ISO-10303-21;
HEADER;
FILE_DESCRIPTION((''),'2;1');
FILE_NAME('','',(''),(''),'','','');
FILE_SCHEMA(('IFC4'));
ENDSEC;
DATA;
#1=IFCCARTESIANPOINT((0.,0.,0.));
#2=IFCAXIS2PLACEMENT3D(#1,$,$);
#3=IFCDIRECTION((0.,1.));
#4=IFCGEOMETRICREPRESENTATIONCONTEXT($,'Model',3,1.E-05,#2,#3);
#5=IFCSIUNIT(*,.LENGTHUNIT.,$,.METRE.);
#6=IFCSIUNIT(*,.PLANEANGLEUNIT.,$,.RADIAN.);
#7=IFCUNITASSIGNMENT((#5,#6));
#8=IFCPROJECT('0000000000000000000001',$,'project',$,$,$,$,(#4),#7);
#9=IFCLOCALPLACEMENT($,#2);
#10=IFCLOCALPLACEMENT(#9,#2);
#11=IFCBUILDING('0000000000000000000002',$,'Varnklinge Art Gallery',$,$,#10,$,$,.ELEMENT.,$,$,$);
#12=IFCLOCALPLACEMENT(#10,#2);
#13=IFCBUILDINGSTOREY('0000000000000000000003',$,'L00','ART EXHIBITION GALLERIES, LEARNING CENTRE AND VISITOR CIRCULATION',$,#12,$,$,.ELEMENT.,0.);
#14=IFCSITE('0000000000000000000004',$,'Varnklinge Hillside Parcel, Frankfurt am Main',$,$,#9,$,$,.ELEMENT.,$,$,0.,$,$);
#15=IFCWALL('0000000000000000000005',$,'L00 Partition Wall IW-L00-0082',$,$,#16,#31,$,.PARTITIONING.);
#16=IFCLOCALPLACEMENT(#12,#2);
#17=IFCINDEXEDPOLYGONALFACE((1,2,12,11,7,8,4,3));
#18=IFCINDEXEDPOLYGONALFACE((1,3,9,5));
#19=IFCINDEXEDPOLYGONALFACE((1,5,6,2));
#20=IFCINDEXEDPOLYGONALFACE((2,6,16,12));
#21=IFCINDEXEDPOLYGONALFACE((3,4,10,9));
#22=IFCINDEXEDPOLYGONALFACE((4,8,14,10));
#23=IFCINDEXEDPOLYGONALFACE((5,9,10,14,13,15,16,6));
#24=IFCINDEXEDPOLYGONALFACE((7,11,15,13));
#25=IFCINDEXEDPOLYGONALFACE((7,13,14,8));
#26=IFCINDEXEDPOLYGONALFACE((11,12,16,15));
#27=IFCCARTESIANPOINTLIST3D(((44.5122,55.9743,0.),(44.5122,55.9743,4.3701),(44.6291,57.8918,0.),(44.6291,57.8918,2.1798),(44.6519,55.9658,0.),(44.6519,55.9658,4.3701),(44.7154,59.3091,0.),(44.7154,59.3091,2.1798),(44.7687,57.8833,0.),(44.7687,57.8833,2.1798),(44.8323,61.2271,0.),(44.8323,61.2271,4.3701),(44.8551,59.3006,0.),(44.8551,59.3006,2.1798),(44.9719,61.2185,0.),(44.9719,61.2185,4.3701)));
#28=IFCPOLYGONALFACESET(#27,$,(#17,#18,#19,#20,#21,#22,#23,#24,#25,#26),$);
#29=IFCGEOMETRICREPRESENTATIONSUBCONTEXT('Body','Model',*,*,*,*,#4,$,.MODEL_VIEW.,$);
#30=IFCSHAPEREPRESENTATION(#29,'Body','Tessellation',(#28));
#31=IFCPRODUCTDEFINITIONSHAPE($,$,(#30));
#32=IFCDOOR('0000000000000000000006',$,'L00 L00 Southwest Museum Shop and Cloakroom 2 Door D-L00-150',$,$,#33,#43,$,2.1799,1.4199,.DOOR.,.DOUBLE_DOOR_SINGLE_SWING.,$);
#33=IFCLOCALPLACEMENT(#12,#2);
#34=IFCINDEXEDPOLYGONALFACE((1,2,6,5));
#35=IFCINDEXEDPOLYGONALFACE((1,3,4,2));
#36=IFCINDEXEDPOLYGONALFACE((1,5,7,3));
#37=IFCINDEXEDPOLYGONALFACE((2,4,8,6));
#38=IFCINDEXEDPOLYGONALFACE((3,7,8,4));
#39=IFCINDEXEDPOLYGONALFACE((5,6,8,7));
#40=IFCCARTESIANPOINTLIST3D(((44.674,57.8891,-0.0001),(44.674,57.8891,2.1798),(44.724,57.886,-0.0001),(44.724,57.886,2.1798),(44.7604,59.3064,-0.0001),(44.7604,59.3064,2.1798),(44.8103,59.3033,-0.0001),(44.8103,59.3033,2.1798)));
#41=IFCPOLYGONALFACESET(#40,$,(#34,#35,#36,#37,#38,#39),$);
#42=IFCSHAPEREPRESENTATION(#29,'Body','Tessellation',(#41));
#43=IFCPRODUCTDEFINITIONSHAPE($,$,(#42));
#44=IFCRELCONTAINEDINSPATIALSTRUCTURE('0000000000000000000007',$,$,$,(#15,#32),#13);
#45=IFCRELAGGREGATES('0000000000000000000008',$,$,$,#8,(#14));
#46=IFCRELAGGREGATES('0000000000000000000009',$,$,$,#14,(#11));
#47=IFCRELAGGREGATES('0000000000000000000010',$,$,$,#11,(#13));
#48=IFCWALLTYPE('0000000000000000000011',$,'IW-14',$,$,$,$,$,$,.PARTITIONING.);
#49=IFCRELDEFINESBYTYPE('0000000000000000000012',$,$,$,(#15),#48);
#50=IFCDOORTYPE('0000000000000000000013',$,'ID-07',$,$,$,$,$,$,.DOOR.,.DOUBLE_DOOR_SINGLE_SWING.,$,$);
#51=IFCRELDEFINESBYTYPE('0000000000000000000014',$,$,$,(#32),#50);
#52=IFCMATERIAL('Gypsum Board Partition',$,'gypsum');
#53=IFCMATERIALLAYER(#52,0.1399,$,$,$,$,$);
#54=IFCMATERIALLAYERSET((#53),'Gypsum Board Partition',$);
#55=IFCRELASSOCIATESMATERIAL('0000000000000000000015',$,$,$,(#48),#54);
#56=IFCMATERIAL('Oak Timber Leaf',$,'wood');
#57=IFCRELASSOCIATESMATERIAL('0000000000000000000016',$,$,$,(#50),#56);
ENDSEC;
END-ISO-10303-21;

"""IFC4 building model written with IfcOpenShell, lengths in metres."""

from ifc_helpers import new_model, si_unit, direction, frame, frame_2d, origin, place, context, subcontext, project, spatial, rectangle, extrude, material, layer, layer_set, type_object, element, fill, save


model = new_model("IFC4")

# Units and contexts
model_context = context("Model", 3, precision=1e-05, world=origin(), true_north=direction((0.0, 1.0)))
body_context = subcontext(model_context, "Body", "Model", "MODEL_VIEW")
ifc_project = project(units=[si_unit("LENGTHUNIT", "METRE"), si_unit("PLANEANGLEUNIT", "RADIAN")], contexts=[model_context])

# Site, building, storey
site_placement = place(None, origin())
site = spatial("IfcSite", under=ifc_project, at=site_placement, Name="Varnklinge Hillside Parcel, Frankfurt am Main", CompositionType="ELEMENT", RefElevation=0.0)
building_placement = place(site_placement, origin())
building = spatial("IfcBuilding", under=site, at=building_placement, Name="Varnklinge Art Gallery", CompositionType="ELEMENT")
storey_placement = place(building_placement, origin())
storey = spatial("IfcBuildingStorey", under=building, at=storey_placement, Name="L00", Description="ART EXHIBITION GALLERIES, LEARNING CENTRE AND VISITOR CIRCULATION", CompositionType="ELEMENT", Elevation=0.0)

# Wall, opening, door
ifc_material_1 = material(Name="Gypsum Board Partition", Category="gypsum")
ifc_layer_1 = layer(ifc_material_1, 0.1399)
ifc_layer_set_1 = layer_set([ifc_layer_1], Name="Gypsum Board Partition")
wall_type_1 = type_object("IfcWallType", Name="IW-14", PredefinedType="PARTITIONING", material=ifc_layer_set_1)
wall_1_placement = place(storey_placement, frame((44.582, 55.97, 0.0), z_axis=(0.0, 0.0, 1.0), x_axis=(0.060821, 0.998149, 0.0)))
wall_1 = element("IfcWall", 1, at=wall_1_placement, inside=storey, type_object=wall_type_1, Name="L00 Partition Wall IW-L00-0082", PredefinedType="PARTITIONING", context=body_context, shape_type="SweptSolid", body=[
    extrude(rectangle(XDim=5.2625, YDim=0.1399, at=frame_2d((2.6313, 0.0))), origin(), (0.0, 0.0, 1.0), 4.3701),
])
opening_1_placement = place(wall_1_placement, frame((1.9211, 0.0, 0.0)))
opening_1 = element("IfcOpeningElement", 2, at=opening_1_placement, cuts=wall_1, PredefinedType="OPENING", context=body_context, shape_type="SweptSolid", body=[
    extrude(rectangle(XDim=1.4199, YDim=2.1799, at=frame_2d((0.71, 1.0898))), frame((0.0, 0.0798, 0.0), z_axis=(0.0, -1.0, 0.0), x_axis=(1.0, 0.0, 0.0)), (0.0, 0.0, 1.0), 0.1599),
])
ifc_material_2 = material(Name="Oak Timber Leaf", Category="wood")
door_type = type_object("IfcDoorType", Name="ID-07", OperationType="DOUBLE_DOOR_SINGLE_SWING", PredefinedType="DOOR", material=ifc_material_2)
door_placement = place(opening_1_placement, origin())
door = element("IfcDoor", 3, at=door_placement, inside=storey, type_object=door_type, Name="L00 L00 Southwest Museum Shop and Cloakroom 2 Door D-L00-150", OperationType="DOUBLE_DOOR_SINGLE_SWING", OverallHeight=2.1799, OverallWidth=1.4199, PredefinedType="DOOR", context=body_context, shape_type="SweptSolid", body=[
    extrude(rectangle(XDim=1.4199, YDim=2.1799, at=frame_2d((0.71, 1.0898))), frame((0.0, 0.0249, 0.0), z_axis=(0.0, -1.0, 0.0), x_axis=(1.0, 0.0, 0.0)), (0.0, 0.0, 1.0), 0.05),
])
fill(opening_1, door)

save(model, "model.ifc")
